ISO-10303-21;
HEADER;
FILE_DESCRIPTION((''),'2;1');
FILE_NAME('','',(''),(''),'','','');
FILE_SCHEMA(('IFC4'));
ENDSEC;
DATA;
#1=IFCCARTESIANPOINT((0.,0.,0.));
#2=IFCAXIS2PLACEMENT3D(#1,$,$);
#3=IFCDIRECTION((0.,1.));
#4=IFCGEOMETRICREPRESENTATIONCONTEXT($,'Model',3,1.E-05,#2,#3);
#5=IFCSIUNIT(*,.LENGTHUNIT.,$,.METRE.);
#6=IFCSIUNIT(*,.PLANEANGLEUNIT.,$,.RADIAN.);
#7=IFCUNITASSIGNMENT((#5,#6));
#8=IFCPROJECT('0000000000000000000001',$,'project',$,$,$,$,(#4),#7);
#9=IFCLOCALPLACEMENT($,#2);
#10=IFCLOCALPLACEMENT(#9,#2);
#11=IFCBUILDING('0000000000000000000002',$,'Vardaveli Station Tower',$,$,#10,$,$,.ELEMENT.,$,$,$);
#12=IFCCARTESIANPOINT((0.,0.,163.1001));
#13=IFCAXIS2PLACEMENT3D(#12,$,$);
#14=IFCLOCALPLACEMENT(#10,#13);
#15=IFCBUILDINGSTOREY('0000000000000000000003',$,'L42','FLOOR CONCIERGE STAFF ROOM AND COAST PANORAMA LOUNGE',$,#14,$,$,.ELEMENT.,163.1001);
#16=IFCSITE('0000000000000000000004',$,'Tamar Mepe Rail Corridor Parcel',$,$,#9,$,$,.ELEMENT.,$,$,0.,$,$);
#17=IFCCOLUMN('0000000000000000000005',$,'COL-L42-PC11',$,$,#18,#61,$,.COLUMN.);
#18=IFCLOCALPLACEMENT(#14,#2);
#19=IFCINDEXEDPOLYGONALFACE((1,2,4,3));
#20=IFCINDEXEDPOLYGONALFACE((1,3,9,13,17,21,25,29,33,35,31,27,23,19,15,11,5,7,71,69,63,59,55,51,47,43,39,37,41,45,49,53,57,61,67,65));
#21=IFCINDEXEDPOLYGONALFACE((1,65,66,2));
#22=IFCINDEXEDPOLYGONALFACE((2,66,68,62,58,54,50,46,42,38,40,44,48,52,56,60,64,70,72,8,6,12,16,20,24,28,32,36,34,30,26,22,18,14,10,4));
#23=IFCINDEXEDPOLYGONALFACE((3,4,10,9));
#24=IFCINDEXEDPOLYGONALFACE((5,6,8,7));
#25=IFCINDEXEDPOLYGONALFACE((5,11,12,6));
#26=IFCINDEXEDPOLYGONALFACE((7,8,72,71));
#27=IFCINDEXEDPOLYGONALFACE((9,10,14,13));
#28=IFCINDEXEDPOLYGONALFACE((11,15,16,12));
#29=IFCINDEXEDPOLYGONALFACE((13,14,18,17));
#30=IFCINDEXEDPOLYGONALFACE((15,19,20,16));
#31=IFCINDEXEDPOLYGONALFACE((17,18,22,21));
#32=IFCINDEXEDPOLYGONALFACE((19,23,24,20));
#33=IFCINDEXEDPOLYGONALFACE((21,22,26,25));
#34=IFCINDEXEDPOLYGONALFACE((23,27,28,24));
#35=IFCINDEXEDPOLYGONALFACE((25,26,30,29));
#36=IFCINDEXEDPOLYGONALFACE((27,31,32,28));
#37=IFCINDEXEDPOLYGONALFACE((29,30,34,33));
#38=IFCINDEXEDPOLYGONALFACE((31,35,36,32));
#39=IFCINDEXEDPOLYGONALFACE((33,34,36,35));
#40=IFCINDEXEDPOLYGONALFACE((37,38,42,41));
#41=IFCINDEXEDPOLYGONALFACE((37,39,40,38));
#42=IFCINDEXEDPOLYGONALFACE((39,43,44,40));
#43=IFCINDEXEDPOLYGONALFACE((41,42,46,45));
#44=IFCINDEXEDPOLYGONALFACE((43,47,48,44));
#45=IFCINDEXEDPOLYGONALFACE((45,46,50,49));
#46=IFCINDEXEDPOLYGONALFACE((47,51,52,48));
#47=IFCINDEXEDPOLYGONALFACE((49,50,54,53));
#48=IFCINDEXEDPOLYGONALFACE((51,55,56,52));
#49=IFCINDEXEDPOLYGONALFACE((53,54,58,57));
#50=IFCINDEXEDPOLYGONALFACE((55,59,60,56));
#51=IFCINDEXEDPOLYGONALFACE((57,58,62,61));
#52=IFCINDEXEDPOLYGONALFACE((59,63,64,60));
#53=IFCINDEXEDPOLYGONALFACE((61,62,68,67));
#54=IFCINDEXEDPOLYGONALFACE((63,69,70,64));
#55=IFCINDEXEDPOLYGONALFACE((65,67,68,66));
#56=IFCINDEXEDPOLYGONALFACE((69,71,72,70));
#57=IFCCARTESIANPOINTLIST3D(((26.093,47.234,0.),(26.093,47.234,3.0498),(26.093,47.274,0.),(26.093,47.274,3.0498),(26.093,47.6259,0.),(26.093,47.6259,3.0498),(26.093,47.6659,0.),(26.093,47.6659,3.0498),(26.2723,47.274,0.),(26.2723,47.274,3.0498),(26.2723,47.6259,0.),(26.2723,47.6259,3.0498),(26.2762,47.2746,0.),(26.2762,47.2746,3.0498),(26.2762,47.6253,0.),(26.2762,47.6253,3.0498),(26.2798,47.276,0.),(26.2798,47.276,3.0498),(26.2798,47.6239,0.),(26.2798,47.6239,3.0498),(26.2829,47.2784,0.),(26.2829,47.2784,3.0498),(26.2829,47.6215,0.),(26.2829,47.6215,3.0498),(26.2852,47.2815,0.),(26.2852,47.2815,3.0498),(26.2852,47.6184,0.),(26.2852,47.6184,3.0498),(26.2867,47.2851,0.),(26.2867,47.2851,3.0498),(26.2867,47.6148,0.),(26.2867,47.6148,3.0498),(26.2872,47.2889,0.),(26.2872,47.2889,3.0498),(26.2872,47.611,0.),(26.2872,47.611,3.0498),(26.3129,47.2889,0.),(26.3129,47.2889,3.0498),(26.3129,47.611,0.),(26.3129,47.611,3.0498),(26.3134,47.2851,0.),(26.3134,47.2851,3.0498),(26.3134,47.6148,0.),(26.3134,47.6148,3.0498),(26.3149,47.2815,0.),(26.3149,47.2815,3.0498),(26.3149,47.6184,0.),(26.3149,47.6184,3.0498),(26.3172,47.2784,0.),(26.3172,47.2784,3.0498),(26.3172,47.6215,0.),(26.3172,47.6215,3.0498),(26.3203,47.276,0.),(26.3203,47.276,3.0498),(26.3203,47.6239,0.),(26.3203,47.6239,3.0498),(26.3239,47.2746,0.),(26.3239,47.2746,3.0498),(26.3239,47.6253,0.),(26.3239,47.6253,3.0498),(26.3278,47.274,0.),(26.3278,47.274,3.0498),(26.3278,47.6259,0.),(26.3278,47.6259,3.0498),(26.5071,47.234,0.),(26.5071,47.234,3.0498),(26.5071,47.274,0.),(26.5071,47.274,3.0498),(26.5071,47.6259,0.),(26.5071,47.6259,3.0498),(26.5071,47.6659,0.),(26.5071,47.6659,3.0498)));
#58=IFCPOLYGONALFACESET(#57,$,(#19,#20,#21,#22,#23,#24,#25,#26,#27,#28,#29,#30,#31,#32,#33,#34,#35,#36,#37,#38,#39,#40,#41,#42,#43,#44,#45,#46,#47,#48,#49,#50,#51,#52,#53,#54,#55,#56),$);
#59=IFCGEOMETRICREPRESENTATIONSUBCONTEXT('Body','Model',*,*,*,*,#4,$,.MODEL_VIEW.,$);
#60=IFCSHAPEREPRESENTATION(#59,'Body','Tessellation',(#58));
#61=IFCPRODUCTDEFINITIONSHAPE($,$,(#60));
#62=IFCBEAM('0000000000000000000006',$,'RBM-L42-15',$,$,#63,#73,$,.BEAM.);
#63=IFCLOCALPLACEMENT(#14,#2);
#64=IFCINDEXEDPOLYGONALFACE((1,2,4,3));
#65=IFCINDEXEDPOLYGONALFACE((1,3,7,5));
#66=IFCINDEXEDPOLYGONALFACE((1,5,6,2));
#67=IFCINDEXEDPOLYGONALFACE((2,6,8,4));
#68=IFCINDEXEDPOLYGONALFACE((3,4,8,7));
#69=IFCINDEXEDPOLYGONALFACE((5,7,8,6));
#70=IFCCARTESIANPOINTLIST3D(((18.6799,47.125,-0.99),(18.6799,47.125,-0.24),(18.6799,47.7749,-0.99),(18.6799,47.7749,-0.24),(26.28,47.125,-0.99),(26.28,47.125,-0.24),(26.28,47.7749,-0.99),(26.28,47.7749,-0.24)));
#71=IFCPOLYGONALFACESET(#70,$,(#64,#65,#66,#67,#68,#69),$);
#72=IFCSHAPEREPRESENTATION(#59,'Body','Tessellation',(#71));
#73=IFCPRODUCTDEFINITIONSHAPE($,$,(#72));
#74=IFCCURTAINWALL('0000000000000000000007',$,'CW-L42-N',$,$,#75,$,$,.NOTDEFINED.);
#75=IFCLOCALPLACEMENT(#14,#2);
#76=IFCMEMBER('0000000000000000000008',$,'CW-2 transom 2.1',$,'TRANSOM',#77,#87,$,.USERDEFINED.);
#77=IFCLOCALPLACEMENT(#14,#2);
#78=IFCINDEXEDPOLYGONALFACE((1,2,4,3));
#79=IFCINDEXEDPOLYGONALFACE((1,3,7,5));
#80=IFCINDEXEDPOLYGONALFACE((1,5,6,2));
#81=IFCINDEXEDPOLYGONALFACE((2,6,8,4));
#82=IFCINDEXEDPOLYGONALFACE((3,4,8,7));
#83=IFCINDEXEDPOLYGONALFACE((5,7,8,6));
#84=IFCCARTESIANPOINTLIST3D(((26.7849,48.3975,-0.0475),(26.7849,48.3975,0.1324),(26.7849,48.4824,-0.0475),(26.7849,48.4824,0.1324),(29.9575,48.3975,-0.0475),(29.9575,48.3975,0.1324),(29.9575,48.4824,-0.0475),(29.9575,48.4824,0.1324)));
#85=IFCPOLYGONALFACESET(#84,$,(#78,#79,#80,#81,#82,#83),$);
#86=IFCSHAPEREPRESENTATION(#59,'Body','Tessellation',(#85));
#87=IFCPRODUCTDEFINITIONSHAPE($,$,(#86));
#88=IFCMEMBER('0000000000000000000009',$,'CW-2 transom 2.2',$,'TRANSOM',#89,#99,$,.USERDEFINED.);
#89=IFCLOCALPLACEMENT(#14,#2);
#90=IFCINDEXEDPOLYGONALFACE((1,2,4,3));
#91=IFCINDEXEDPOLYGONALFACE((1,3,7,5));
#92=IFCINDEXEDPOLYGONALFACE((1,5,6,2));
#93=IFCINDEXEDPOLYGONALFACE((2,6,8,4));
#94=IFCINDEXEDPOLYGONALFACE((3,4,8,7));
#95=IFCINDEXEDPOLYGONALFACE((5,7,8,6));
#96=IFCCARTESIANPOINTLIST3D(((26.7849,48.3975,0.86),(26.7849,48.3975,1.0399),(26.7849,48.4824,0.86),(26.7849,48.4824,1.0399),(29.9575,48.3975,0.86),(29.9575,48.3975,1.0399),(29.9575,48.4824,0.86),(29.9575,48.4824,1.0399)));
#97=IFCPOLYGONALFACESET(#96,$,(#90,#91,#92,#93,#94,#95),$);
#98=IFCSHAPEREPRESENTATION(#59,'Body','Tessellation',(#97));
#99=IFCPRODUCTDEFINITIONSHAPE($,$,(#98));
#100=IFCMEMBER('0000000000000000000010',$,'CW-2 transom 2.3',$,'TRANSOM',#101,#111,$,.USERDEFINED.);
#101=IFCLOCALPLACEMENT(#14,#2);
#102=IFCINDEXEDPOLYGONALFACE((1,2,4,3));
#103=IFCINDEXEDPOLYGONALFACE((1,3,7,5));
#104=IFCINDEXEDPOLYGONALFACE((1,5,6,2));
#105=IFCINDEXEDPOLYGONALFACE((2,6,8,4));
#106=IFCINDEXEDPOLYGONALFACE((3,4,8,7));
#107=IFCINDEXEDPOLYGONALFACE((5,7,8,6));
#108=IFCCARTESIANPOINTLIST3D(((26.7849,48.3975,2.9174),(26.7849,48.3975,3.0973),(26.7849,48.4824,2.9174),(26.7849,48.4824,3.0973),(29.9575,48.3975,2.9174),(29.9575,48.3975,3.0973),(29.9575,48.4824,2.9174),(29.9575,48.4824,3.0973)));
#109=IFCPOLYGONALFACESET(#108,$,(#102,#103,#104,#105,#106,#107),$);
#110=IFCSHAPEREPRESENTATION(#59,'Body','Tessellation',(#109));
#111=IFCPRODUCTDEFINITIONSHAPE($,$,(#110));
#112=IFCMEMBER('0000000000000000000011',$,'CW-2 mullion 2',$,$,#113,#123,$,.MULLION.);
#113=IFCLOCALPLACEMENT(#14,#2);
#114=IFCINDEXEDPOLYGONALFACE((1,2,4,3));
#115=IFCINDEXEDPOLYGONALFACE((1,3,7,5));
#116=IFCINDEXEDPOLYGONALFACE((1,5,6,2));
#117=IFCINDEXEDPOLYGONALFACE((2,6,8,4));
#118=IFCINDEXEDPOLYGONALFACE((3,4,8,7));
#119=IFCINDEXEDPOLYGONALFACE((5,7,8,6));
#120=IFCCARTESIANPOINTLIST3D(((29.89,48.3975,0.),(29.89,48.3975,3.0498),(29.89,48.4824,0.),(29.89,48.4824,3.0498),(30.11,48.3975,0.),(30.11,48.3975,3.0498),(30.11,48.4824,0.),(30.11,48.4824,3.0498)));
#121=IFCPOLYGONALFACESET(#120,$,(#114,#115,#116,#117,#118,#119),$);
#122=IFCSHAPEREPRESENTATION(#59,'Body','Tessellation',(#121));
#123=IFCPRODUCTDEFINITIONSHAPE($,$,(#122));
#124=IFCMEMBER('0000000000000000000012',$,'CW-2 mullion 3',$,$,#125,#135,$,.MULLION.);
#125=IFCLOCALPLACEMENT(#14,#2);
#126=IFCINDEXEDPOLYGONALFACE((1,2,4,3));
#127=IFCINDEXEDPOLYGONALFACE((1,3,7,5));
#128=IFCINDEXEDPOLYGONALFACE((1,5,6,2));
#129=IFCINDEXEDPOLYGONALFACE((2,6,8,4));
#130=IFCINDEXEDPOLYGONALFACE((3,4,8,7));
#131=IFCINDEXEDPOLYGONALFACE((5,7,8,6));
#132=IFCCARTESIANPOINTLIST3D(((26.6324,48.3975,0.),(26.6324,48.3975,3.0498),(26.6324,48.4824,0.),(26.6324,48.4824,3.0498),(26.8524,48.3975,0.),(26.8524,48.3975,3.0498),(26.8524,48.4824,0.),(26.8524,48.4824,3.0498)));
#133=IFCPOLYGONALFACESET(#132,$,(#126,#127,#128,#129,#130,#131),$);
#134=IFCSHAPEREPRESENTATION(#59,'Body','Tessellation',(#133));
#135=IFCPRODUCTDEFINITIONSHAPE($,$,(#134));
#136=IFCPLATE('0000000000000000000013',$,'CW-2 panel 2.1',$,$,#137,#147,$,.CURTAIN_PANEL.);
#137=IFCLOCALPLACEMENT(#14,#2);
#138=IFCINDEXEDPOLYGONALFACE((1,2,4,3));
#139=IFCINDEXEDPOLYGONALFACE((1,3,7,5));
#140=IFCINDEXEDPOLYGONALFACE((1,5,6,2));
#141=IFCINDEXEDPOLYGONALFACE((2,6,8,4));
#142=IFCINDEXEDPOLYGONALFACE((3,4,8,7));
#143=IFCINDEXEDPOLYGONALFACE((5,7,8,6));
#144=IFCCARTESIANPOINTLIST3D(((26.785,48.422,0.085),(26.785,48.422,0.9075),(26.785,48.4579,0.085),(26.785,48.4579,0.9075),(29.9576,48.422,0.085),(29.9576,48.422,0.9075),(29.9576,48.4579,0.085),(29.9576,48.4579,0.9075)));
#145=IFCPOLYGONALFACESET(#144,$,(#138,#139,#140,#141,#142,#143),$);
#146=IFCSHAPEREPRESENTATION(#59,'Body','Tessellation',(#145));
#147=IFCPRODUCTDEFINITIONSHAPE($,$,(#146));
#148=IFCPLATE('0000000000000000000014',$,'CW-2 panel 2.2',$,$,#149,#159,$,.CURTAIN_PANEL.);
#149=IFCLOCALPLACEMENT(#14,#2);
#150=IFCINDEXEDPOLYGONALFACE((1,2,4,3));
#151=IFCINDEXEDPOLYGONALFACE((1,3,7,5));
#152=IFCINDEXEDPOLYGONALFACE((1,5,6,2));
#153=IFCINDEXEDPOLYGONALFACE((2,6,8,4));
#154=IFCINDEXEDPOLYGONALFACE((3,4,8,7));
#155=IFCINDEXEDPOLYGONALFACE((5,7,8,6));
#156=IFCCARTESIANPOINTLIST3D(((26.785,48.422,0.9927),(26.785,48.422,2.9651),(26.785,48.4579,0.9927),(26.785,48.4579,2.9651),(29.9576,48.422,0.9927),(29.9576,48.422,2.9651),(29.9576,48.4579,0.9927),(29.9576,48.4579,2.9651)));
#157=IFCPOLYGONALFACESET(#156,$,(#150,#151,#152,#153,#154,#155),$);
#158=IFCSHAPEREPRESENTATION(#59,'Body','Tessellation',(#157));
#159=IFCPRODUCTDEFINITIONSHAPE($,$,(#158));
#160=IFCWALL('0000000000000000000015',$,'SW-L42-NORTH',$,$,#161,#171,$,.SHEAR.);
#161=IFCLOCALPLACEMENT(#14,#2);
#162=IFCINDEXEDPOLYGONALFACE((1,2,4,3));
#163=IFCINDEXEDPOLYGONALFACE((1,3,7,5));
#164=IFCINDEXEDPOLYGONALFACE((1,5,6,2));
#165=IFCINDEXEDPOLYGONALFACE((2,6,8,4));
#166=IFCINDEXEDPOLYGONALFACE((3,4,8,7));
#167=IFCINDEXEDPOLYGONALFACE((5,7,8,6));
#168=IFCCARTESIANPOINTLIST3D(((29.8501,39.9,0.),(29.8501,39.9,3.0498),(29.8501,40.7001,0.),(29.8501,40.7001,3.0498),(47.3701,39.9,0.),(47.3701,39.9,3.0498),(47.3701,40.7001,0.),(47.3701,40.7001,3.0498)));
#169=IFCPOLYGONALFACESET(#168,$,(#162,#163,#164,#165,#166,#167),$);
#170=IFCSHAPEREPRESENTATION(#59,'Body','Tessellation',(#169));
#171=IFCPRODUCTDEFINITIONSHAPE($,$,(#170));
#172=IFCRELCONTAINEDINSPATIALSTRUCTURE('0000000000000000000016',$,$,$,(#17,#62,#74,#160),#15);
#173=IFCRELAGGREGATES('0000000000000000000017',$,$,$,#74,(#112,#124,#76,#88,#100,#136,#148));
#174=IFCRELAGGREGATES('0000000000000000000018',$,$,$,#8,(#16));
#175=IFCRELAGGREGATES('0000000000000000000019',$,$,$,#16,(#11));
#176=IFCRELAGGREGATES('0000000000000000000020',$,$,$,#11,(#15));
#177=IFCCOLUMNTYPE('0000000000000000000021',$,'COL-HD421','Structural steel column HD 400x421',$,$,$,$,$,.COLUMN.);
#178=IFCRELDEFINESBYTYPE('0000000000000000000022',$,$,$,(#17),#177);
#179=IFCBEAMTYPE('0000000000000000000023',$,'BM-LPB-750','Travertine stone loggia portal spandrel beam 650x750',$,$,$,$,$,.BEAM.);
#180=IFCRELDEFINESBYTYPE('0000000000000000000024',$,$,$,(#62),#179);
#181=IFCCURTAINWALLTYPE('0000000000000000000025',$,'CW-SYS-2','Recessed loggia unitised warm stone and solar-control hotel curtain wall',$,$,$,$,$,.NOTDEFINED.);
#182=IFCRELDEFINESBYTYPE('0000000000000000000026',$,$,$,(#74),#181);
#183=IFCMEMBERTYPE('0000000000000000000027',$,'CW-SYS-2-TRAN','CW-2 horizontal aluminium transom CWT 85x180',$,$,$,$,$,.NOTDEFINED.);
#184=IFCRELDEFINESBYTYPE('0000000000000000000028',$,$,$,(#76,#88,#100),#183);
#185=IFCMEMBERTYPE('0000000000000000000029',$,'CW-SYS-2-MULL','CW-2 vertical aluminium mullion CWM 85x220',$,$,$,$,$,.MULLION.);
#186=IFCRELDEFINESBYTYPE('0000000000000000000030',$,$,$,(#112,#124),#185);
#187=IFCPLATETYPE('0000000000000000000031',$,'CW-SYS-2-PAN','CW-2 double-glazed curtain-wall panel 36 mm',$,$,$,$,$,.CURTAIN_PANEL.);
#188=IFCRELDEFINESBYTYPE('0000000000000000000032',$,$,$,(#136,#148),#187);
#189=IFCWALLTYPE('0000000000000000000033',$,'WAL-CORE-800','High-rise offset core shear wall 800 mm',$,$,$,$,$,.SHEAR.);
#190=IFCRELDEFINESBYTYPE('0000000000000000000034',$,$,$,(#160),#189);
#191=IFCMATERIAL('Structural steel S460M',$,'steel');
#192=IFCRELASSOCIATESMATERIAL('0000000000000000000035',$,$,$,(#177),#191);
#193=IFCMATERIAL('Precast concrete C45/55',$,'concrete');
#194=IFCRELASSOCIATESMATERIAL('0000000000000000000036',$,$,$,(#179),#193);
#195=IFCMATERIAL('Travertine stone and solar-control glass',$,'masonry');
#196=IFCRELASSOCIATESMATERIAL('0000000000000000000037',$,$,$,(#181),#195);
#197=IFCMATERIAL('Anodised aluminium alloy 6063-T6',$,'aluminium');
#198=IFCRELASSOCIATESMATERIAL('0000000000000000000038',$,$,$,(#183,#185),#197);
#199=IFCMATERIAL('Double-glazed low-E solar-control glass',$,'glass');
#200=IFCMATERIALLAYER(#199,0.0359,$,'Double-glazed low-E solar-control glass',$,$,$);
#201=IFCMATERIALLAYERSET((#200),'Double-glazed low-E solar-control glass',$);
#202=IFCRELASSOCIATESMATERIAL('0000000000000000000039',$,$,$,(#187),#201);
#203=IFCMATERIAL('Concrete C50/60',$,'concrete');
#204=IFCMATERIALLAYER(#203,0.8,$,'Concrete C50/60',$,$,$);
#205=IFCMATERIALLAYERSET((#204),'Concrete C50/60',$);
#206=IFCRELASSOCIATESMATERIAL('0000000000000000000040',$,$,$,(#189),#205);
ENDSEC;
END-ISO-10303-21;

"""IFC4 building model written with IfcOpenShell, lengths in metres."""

from ifc_helpers import new_model, si_unit, direction, frame, frame_2d, origin, origin_2d, place, context, subcontext, project, spatial, rectangle, i_section, extrude, source, transform, mapped, material, layer, layer_set, material_profile, profile_set, type_object, element, aggregate, save


model = new_model("IFC4")

# Units and contexts
model_context = context("Model", 3, precision=1e-05, world=origin(), true_north=direction((0.0, 1.0)))
body_context = subcontext(model_context, "Body", "Model", "MODEL_VIEW")
ifc_project = project(units=[si_unit("LENGTHUNIT", "METRE"), si_unit("PLANEANGLEUNIT", "RADIAN")], contexts=[model_context])

# Site, building, storey
site_placement = place(None, origin())
site = spatial("IfcSite", under=ifc_project, at=site_placement, Name="Tamar Mepe Rail Corridor Parcel", CompositionType="ELEMENT", RefElevation=0.0)
building_placement = place(site_placement, origin())
building = spatial("IfcBuilding", under=site, at=building_placement, Name="Vardaveli Station Tower", CompositionType="ELEMENT")
storey_placement = place(building_placement, frame((0.0, 0.0, 163.1001)))
storey = spatial("IfcBuildingStorey", under=building, at=storey_placement, Name="L42", Description="FLOOR CONCIERGE STAFF ROOM AND COAST PANORAMA LOUNGE", CompositionType="ELEMENT", Elevation=163.1001)

# Column
ifc_material_1 = material(Name="Structural steel S460M", Category="steel")
ifc_material_profile_1 = material_profile(ifc_material_1, i_section(OverallWidth=0.4141, OverallDepth=0.4319, WebThickness=0.0256, FlangeThickness=0.04, FilletRadius=0.0149, at=origin_2d()), Name="HD 400x421")
ifc_profile_set_1 = profile_set([ifc_material_profile_1], Name="Structural steel S460M")
column_type = type_object("IfcColumnType", Name="COL-HD421", Description="Structural steel column HD 400x421", PredefinedType="COLUMN", material=ifc_profile_set_1)
shared_shape_1 = source(origin(), body_context, "Body", "SweptSolid", [
    extrude(i_section(OverallWidth=0.4141, OverallDepth=0.4319, WebThickness=0.0256, FlangeThickness=0.04, FilletRadius=0.0149, at=origin_2d()), origin(), (0.0, 0.0, 1.0), 3.0498),
])
column_placement = place(storey_placement, frame((26.3, 47.45, 0.0), z_axis=(0.0, 0.0, 1.0), x_axis=(1.0, 0.0, 0.0)))
element("IfcColumn", 1, at=column_placement, inside=storey, type_object=column_type, Name="COL-L42-PC11", PredefinedType="COLUMN", context=body_context, shape_type="MappedRepresentation", body=[
    mapped(shared_shape_1, transform((0.0, 0.0, 0.0), scale=1.0)),
])

# Beam
ifc_material_2 = material(Name="Precast concrete C45/55", Category="concrete")
ifc_material_profile_2 = material_profile(ifc_material_2, rectangle(XDim=0.6499, YDim=0.75, at=origin_2d()), Name="LPB 650x750")
ifc_profile_set_2 = profile_set([ifc_material_profile_2], Name="Precast concrete C45/55")
beam_type = type_object("IfcBeamType", Name="BM-LPB-750", Description="Travertine stone loggia portal spandrel beam 650x750", PredefinedType="BEAM", material=ifc_profile_set_2)
shared_shape_2 = source(origin(), body_context, "Body", "SweptSolid", [
    extrude(rectangle(XDim=0.6499, YDim=0.75, at=origin_2d()), origin(), (0.0, 0.0, 1.0), 7.6001),
])
beam_placement = place(storey_placement, frame((26.28, 47.45, -0.615), z_axis=(-1.0, 0.0, 0.0), x_axis=(0.0, -1.0, 0.0)))
element("IfcBeam", 2, at=beam_placement, inside=storey, type_object=beam_type, Name="RBM-L42-15", PredefinedType="BEAM", context=body_context, shape_type="MappedRepresentation", body=[
    mapped(shared_shape_2, transform((0.0, 0.0, 0.0), scale=1.0)),
])

# Curtain wall, members, plates
ifc_material_3 = material(Name="Travertine stone and solar-control glass", Category="masonry")
curtain_wall_type = type_object("IfcCurtainWallType", Name="CW-SYS-2", Description="Recessed loggia unitised warm stone and solar-control hotel curtain wall", PredefinedType="NOTDEFINED", material=ifc_material_3)
curtain_wall_placement = place(storey_placement, origin())
curtain_wall = element("IfcCurtainWall", 3, at=curtain_wall_placement, inside=storey, type_object=curtain_wall_type, Name="CW-L42-N", PredefinedType="NOTDEFINED")
ifc_material_4 = material(Name="Anodised aluminium alloy 6063-T6", Category="aluminium")
ifc_material_profile_3 = material_profile(ifc_material_4, rectangle(XDim=0.085, YDim=0.1799, at=origin_2d()), Name="CWT 85x180")
ifc_profile_set_3 = profile_set([ifc_material_profile_3], Name="Anodised aluminium alloy 6063-T6")
member_type_1 = type_object("IfcMemberType", Name="CW-SYS-2-TRAN", Description="CW-2 horizontal aluminium transom CWT 85x180", PredefinedType="NOTDEFINED", material=ifc_profile_set_3)
shared_shape_3 = source(origin(), body_context, "Body", "SweptSolid", [
    extrude(rectangle(XDim=0.085, YDim=0.1799, at=origin_2d()), origin(), (0.0, 0.0, 1.0), 3.1726),
])
member_1_placement = place(storey_placement, frame((29.9575, 48.4399, 0.0425), z_axis=(-1.0, 0.0, 0.0), x_axis=(0.0, -1.0, 0.0)))
member_1 = element("IfcMember", 4, at=member_1_placement, type_object=member_type_1, Name="CW-2 transom 2.1", ObjectType="TRANSOM", PredefinedType="USERDEFINED", context=body_context, shape_type="MappedRepresentation", body=[
    mapped(shared_shape_3, transform((0.0, 0.0, 0.0), scale=1.0)),
])
member_2_placement = place(storey_placement, frame((29.9575, 48.4399, 0.95), z_axis=(-1.0, 0.0, 0.0), x_axis=(0.0, -1.0, 0.0)))
member_2 = element("IfcMember", 5, at=member_2_placement, type_object=member_type_1, Name="CW-2 transom 2.2", ObjectType="TRANSOM", PredefinedType="USERDEFINED", context=body_context, shape_type="MappedRepresentation", body=[
    mapped(shared_shape_3, transform((0.0, 0.0, 0.0), scale=1.0)),
])
member_3_placement = place(storey_placement, frame((29.9575, 48.4399, 3.0073), z_axis=(-1.0, 0.0, 0.0), x_axis=(0.0, -1.0, 0.0)))
member_3 = element("IfcMember", 6, at=member_3_placement, type_object=member_type_1, Name="CW-2 transom 2.3", ObjectType="TRANSOM", PredefinedType="USERDEFINED", context=body_context, shape_type="MappedRepresentation", body=[
    mapped(shared_shape_3, transform((0.0, 0.0, 0.0), scale=1.0)),
])
ifc_material_profile_4 = material_profile(ifc_material_4, rectangle(XDim=0.085, YDim=0.22, at=origin_2d()), Name="CWM 85x220")
ifc_profile_set_4 = profile_set([ifc_material_profile_4], Name="Anodised aluminium alloy 6063-T6")
member_type_2 = type_object("IfcMemberType", Name="CW-SYS-2-MULL", Description="CW-2 vertical aluminium mullion CWM 85x220", PredefinedType="MULLION", material=ifc_profile_set_4)
shared_shape_4 = source(origin(), body_context, "Body", "SweptSolid", [
    extrude(rectangle(XDim=0.085, YDim=0.22, at=origin_2d()), origin(), (0.0, 0.0, 1.0), 3.0498),
])
member_4_placement = place(storey_placement, frame((30.0, 48.4399, 0.0), z_axis=(0.0, 0.0, 1.0), x_axis=(0.0, -1.0, 0.0)))
member_4 = element("IfcMember", 7, at=member_4_placement, type_object=member_type_2, Name="CW-2 mullion 2", PredefinedType="MULLION", context=body_context, shape_type="MappedRepresentation", body=[
    mapped(shared_shape_4, transform((0.0, 0.0, 0.0), scale=1.0)),
])
member_5_placement = place(storey_placement, frame((26.7424, 48.4399, 0.0), z_axis=(0.0, 0.0, 1.0), x_axis=(0.0, -1.0, 0.0)))
member_5 = element("IfcMember", 8, at=member_5_placement, type_object=member_type_2, Name="CW-2 mullion 3", PredefinedType="MULLION", context=body_context, shape_type="MappedRepresentation", body=[
    mapped(shared_shape_4, transform((0.0, 0.0, 0.0), scale=1.0)),
])
ifc_material_5 = material(Name="Double-glazed low-E solar-control glass", Category="glass")
ifc_layer_1 = layer(ifc_material_5, 0.0359, Name="Double-glazed low-E solar-control glass")
ifc_layer_set_1 = layer_set([ifc_layer_1], Name="Double-glazed low-E solar-control glass")
plate_type = type_object("IfcPlateType", Name="CW-SYS-2-PAN", Description="CW-2 double-glazed curtain-wall panel 36 mm", PredefinedType="CURTAIN_PANEL", material=ifc_layer_set_1)
shared_shape_5 = source(origin(), body_context, "Body", "SweptSolid", [
    extrude(rectangle(XDim=3.1726, YDim=0.0359, at=origin_2d()), origin(), (0.0, 0.0, 1.0), 0.8225),
])
plate_1_placement = place(storey_placement, frame((28.3713, 48.4399, 0.085), z_axis=(0.0, 0.0, 1.0), x_axis=(-1.0, 0.0, 0.0)))
plate_1 = element("IfcPlate", 9, at=plate_1_placement, type_object=plate_type, Name="CW-2 panel 2.1", PredefinedType="CURTAIN_PANEL", context=body_context, shape_type="MappedRepresentation", body=[
    mapped(shared_shape_5, transform((0.0, 0.0, 0.0), scale=1.0)),
])
shared_shape_6 = source(origin(), body_context, "Body", "SweptSolid", [
    extrude(rectangle(XDim=3.1726, YDim=0.0359, at=origin_2d()), origin(), (0.0, 0.0, 1.0), 1.9724),
])
plate_2_placement = place(storey_placement, frame((28.3713, 48.4399, 0.9927), z_axis=(0.0, 0.0, 1.0), x_axis=(-1.0, 0.0, 0.0)))
plate_2 = element("IfcPlate", 10, at=plate_2_placement, type_object=plate_type, Name="CW-2 panel 2.2", PredefinedType="CURTAIN_PANEL", context=body_context, shape_type="MappedRepresentation", body=[
    mapped(shared_shape_6, transform((0.0, 0.0, 0.0), scale=1.0)),
])
aggregate(curtain_wall, [member_4, member_5, member_1, member_2, member_3, plate_1, plate_2])

# Wall
ifc_material_6 = material(Name="Concrete C50/60", Category="concrete")
ifc_layer_2 = layer(ifc_material_6, 0.8, Name="Concrete C50/60")
ifc_layer_set_2 = layer_set([ifc_layer_2], Name="Concrete C50/60")
wall_type_1 = type_object("IfcWallType", Name="WAL-CORE-800", Description="High-rise offset core shear wall 800 mm", PredefinedType="SHEAR", material=ifc_layer_set_2)
shared_shape_7 = source(origin(), body_context, "Body", "SweptSolid", [
    extrude(rectangle(XDim=17.52, YDim=0.8, at=frame_2d((8.76, 0.0))), origin(), (0.0, 0.0, 1.0), 3.0498),
])
wall_1_placement = place(storey_placement, frame((29.8501, 40.3, 0.0), z_axis=(0.0, 0.0, 1.0), x_axis=(1.0, 0.0, 0.0)))
element("IfcWall", 11, at=wall_1_placement, inside=storey, type_object=wall_type_1, Name="SW-L42-NORTH", PredefinedType="SHEAR", context=body_context, shape_type="MappedRepresentation", body=[
    mapped(shared_shape_7, transform((0.0, 0.0, 0.0), scale=1.0)),
])

save(model, "model.ifc")
